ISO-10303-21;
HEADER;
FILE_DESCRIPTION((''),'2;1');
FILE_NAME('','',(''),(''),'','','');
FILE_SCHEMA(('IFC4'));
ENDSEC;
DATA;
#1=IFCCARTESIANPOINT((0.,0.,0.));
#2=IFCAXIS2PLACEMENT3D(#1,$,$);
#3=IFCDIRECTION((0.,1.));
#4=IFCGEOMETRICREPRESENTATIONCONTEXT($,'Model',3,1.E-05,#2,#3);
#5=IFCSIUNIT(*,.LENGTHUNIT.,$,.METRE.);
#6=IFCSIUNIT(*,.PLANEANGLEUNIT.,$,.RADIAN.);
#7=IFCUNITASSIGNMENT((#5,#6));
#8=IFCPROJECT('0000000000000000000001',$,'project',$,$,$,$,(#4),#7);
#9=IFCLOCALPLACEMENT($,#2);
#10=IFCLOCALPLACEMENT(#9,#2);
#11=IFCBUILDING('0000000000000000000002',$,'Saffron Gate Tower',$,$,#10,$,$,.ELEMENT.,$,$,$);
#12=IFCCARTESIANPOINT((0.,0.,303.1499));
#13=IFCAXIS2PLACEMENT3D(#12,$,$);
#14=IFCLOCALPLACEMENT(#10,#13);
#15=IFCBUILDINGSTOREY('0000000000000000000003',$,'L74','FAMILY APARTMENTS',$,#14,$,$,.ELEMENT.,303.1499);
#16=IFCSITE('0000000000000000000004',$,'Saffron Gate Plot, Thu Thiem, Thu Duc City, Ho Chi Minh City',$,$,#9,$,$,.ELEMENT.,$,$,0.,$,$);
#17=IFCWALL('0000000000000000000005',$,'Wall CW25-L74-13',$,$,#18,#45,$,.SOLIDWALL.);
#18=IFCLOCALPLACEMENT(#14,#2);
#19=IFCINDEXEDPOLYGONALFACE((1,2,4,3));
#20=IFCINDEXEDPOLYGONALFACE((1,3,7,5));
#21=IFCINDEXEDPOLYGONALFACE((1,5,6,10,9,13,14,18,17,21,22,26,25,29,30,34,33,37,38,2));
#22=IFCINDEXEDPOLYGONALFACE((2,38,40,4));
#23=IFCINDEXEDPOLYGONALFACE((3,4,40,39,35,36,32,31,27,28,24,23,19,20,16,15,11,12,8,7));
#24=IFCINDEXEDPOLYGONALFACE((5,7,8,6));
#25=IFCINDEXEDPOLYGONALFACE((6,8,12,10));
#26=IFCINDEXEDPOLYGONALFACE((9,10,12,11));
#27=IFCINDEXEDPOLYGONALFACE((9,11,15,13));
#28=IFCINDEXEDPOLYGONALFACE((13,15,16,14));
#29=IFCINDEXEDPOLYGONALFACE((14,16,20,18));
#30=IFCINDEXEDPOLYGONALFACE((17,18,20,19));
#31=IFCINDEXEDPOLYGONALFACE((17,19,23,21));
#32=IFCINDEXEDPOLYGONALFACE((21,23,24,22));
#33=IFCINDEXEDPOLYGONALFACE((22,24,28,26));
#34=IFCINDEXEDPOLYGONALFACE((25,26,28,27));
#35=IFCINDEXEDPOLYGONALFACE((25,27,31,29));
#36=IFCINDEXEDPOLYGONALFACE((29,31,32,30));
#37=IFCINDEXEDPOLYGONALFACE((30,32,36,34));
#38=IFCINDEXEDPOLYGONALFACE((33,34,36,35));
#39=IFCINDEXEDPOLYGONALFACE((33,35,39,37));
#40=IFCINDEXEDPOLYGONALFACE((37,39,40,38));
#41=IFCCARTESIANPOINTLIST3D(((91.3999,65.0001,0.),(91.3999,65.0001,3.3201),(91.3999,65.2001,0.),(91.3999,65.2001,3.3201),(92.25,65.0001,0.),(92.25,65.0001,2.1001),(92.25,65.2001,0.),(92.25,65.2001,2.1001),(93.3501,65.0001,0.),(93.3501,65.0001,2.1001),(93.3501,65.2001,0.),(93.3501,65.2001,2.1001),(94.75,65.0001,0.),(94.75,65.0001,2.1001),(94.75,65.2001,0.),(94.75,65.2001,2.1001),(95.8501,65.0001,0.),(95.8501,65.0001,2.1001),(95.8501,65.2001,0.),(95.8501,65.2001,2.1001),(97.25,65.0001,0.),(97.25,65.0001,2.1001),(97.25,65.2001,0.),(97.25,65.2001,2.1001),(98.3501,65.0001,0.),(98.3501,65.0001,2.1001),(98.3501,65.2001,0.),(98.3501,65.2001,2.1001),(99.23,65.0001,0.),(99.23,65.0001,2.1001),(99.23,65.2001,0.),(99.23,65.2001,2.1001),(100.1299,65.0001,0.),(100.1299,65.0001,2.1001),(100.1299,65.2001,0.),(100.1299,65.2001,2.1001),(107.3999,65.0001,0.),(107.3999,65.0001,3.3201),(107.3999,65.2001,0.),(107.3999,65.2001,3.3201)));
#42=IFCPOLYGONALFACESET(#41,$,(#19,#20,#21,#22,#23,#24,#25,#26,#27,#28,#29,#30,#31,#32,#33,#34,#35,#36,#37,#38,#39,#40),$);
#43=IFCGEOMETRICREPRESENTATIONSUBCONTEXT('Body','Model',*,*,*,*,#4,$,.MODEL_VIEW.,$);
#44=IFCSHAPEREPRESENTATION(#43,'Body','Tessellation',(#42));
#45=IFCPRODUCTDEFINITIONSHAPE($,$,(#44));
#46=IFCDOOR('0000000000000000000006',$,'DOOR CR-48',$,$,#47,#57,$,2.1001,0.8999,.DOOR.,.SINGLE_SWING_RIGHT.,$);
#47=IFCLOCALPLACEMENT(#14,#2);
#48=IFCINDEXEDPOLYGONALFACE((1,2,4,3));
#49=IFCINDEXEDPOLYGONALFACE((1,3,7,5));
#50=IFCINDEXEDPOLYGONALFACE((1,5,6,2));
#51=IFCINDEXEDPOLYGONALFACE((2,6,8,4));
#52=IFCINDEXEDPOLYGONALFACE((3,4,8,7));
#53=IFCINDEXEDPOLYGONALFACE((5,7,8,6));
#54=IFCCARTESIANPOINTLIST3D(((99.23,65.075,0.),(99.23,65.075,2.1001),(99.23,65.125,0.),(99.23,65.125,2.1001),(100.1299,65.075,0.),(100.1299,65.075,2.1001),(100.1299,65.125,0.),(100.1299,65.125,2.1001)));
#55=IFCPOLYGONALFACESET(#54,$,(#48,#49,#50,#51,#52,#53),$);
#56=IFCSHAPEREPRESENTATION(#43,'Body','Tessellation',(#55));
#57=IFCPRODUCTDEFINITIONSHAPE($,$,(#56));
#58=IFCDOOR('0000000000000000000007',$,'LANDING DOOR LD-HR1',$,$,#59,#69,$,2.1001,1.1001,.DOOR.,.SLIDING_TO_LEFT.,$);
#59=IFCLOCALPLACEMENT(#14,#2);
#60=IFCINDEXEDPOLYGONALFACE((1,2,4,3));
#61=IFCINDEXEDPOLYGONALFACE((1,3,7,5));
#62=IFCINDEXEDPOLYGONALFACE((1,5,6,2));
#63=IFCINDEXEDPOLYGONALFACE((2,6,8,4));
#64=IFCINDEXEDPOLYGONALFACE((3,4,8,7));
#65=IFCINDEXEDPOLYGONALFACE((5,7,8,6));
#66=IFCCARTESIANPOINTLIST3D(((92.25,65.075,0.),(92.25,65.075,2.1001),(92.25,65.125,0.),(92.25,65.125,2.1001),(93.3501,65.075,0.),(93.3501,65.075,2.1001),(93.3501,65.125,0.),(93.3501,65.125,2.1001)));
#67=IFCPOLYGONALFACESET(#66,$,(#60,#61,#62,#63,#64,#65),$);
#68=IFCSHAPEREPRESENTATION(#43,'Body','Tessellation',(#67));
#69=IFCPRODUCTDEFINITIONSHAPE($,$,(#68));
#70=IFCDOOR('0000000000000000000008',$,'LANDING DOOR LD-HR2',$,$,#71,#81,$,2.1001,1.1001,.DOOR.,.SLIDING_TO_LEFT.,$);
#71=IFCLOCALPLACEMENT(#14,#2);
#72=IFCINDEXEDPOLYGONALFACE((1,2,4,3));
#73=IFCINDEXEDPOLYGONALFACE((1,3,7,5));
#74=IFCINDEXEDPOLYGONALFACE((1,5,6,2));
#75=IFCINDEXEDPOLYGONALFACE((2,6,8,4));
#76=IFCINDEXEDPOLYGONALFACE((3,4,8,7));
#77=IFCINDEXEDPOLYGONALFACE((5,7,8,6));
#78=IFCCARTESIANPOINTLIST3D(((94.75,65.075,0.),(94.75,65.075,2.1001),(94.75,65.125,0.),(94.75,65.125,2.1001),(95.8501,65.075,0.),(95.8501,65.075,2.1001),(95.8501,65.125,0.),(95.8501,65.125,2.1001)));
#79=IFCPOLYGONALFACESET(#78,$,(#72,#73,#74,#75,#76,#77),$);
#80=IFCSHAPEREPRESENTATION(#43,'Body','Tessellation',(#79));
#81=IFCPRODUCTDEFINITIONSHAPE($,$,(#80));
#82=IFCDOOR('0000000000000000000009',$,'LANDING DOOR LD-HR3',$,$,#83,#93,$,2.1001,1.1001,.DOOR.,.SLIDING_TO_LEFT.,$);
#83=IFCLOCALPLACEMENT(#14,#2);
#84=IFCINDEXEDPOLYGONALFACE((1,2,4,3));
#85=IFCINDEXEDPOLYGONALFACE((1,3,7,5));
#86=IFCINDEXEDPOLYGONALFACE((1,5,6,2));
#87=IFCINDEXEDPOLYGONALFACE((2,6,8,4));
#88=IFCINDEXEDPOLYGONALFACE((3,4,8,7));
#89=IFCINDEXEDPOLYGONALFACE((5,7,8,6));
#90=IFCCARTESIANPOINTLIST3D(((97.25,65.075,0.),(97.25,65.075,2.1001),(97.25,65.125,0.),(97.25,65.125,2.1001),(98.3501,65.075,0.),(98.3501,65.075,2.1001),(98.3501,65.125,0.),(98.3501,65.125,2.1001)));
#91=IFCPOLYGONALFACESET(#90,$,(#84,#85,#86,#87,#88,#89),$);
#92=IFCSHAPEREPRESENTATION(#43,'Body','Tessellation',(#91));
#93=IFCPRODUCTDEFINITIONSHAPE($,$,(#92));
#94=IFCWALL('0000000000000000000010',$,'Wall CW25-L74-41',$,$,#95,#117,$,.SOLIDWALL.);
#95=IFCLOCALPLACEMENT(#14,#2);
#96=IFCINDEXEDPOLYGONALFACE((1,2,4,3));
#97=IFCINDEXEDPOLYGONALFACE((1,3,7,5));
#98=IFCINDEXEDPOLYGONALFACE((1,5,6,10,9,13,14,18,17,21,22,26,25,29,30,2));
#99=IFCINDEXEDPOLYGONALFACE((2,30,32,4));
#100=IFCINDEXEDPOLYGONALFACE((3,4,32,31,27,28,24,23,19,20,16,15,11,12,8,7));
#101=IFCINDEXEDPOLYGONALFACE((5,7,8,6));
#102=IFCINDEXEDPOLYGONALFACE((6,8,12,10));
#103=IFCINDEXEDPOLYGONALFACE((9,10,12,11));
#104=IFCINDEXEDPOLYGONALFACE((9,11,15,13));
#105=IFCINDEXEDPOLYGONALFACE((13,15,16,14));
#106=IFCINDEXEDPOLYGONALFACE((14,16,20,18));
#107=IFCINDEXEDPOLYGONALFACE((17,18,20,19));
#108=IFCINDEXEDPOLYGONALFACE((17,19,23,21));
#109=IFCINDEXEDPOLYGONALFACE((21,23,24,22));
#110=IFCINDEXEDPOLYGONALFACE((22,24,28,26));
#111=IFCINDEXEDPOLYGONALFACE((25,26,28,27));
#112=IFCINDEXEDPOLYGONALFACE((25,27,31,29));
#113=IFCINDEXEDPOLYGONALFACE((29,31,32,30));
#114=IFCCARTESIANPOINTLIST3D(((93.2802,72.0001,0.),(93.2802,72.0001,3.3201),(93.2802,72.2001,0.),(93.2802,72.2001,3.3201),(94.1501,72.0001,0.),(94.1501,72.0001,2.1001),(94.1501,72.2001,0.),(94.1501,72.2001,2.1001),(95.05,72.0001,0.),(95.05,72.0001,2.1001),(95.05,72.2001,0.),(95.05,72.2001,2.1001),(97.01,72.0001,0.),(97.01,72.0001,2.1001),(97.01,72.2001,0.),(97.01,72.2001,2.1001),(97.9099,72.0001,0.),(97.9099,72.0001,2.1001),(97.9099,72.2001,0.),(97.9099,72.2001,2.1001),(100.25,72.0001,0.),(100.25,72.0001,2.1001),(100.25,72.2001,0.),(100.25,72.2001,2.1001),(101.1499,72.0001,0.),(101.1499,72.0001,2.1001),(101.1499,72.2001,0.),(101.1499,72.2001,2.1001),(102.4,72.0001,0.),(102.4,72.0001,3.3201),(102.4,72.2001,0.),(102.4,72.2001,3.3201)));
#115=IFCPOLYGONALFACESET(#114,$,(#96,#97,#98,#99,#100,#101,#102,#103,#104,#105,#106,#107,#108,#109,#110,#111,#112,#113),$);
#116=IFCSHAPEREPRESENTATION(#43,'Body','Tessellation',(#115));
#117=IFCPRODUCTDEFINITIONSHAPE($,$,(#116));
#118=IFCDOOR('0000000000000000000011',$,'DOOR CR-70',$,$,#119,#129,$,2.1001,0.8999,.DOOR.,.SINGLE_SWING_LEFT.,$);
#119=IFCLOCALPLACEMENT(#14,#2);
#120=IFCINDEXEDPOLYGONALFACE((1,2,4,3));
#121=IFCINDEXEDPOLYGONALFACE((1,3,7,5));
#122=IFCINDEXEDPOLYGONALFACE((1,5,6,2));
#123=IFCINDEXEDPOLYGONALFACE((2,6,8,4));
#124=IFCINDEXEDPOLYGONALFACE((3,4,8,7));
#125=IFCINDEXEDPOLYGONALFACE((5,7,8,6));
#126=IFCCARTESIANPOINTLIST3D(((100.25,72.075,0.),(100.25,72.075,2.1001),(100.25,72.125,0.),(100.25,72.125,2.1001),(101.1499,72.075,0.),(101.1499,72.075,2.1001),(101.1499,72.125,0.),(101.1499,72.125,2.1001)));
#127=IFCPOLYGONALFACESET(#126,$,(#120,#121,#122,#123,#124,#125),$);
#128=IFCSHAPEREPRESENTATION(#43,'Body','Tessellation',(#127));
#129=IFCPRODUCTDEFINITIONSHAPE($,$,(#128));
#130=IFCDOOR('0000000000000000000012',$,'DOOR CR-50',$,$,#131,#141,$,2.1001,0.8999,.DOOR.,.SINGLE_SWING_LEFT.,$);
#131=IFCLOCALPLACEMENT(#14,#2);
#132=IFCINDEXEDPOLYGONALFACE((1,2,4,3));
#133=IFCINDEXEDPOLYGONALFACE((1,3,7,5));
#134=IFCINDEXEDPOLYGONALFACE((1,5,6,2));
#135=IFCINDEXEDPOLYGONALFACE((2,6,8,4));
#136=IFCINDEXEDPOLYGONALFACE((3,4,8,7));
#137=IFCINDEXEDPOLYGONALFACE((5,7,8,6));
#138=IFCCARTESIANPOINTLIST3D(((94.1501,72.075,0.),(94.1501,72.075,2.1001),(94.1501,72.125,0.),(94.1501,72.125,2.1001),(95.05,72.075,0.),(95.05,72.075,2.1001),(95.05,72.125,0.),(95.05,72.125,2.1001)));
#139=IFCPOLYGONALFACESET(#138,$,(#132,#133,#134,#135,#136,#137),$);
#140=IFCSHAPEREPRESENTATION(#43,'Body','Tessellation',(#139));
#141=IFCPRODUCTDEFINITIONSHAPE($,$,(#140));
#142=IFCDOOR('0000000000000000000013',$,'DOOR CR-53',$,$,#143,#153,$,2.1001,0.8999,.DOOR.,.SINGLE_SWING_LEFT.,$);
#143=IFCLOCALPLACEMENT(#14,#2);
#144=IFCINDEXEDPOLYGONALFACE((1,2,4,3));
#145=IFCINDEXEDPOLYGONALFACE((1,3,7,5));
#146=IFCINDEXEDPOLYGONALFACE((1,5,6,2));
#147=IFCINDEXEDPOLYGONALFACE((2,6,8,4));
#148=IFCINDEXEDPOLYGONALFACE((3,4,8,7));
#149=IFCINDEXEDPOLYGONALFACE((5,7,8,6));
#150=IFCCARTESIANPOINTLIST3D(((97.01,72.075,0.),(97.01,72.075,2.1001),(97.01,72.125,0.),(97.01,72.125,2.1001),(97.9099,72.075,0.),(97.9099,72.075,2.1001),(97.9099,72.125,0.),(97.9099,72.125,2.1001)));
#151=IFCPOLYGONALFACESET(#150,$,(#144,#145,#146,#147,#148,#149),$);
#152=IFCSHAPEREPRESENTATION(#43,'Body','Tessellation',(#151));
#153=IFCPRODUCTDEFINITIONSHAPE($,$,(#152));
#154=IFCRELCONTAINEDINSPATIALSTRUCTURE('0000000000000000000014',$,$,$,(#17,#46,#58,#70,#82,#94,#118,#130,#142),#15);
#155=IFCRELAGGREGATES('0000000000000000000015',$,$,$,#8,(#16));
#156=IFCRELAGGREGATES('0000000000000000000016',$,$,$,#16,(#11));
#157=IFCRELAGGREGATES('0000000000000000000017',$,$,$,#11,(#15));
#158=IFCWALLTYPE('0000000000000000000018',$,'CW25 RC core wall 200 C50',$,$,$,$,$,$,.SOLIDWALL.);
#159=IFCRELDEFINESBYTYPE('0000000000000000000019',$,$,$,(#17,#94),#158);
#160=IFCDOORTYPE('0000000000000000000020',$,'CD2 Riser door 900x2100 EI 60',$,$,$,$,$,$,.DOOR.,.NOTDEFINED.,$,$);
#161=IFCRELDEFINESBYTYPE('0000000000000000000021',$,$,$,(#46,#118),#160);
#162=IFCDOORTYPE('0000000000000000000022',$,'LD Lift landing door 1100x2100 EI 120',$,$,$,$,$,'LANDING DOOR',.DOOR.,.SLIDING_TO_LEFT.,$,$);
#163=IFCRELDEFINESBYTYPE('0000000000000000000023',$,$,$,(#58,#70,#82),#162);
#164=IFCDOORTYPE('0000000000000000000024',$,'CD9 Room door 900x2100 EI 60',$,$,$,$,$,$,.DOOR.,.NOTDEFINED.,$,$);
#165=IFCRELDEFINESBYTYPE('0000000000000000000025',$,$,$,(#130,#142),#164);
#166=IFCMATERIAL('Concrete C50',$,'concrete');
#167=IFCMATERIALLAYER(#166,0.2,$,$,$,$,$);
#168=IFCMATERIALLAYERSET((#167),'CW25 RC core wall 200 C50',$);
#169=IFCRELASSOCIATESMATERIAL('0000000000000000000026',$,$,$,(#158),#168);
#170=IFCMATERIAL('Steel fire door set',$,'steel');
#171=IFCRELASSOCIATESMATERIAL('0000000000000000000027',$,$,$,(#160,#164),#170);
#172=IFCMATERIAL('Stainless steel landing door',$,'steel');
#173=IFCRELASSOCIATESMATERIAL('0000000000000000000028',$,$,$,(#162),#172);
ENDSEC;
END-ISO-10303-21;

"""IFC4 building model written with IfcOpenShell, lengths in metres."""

from ifc_helpers import new_model, si_unit, direction, frame, frame_2d, origin, place, context, subcontext, project, spatial, rectangle, extrude, material, layer, layer_set, type_object, element, fill, save


model = new_model("IFC4")

# Units and contexts
model_context = context("Model", 3, precision=1e-05, world=origin(), true_north=direction((0.0, 1.0)))
body_context = subcontext(model_context, "Body", "Model", "MODEL_VIEW")
ifc_project = project(units=[si_unit("LENGTHUNIT", "METRE"), si_unit("PLANEANGLEUNIT", "RADIAN")], contexts=[model_context])

# Site, building, storey
site_placement = place(None, origin())
site = spatial("IfcSite", under=ifc_project, at=site_placement, Name="Saffron Gate Plot, Thu Thiem, Thu Duc City, Ho Chi Minh City", CompositionType="ELEMENT", RefElevation=0.0)
building_placement = place(site_placement, origin())
building = spatial("IfcBuilding", under=site, at=building_placement, Name="Saffron Gate Tower", CompositionType="ELEMENT")
storey_placement = place(building_placement, frame((0.0, 0.0, 303.1499)))
storey = spatial("IfcBuildingStorey", under=building, at=storey_placement, Name="L74", Description="FAMILY APARTMENTS", CompositionType="ELEMENT", Elevation=303.1499)

# Shared definitions
ifc_material_1 = material(Name="Concrete C50", Category="concrete")

# Shared definitions
ifc_material_2 = material(Name="Steel fire door set", Category="steel")

# Walls, openings, doors
ifc_layer_1 = layer(ifc_material_1, 0.2)
ifc_layer_set_1 = layer_set([ifc_layer_1], Name="CW25 RC core wall 200 C50")
wall_type_1 = type_object("IfcWallType", Name="CW25 RC core wall 200 C50", PredefinedType="SOLIDWALL", material=ifc_layer_set_1)
wall_1_placement = place(storey_placement, frame((91.3999, 65.1001, 0.0), z_axis=(0.0, 0.0, 1.0), x_axis=(1.0, 0.0, 0.0)))
wall_1 = element("IfcWall", 1, at=wall_1_placement, inside=storey, type_object=wall_type_1, Name="Wall CW25-L74-13", PredefinedType="SOLIDWALL", context=body_context, shape_type="SweptSolid", body=[
    extrude(rectangle(XDim=16.0, YDim=0.2, at=frame_2d((8.0, 0.0))), origin(), (0.0, 0.0, 1.0), 3.3201),
])
opening_1_placement = place(wall_1_placement, frame((0.8501, 0.0, 0.0)))
opening_1 = element("IfcOpeningElement", 2, at=opening_1_placement, cuts=wall_1, PredefinedType="OPENING", context=body_context, shape_type="SweptSolid", body=[
    extrude(rectangle(XDim=1.1001, YDim=2.1001, at=frame_2d((0.55, 1.05))), frame((0.0, 0.1099, 0.0), z_axis=(0.0, -1.0, 0.0), x_axis=(1.0, 0.0, 0.0)), (0.0, 0.0, 1.0), 0.22),
])
opening_2_placement = place(wall_1_placement, frame((3.3501, 0.0, 0.0)))
opening_2 = element("IfcOpeningElement", 3, at=opening_2_placement, cuts=wall_1, PredefinedType="OPENING", context=body_context, shape_type="SweptSolid", body=[
    extrude(rectangle(XDim=1.1001, YDim=2.1001, at=frame_2d((0.55, 1.05))), frame((0.0, 0.1099, 0.0), z_axis=(0.0, -1.0, 0.0), x_axis=(1.0, 0.0, 0.0)), (0.0, 0.0, 1.0), 0.22),
])
opening_3_placement = place(wall_1_placement, frame((5.8501, 0.0, 0.0)))
opening_3 = element("IfcOpeningElement", 4, at=opening_3_placement, cuts=wall_1, PredefinedType="OPENING", context=body_context, shape_type="SweptSolid", body=[
    extrude(rectangle(XDim=1.1001, YDim=2.1001, at=frame_2d((0.55, 1.05))), frame((0.0, 0.1099, 0.0), z_axis=(0.0, -1.0, 0.0), x_axis=(1.0, 0.0, 0.0)), (0.0, 0.0, 1.0), 0.22),
])
opening_4_placement = place(wall_1_placement, frame((7.8301, 0.0, 0.0)))
opening_4 = element("IfcOpeningElement", 5, at=opening_4_placement, cuts=wall_1, PredefinedType="OPENING", context=body_context, shape_type="SweptSolid", body=[
    extrude(rectangle(XDim=0.8999, YDim=2.1001, at=frame_2d((0.45, 1.05))), frame((0.0, 0.1099, 0.0), z_axis=(0.0, -1.0, 0.0), x_axis=(1.0, 0.0, 0.0)), (0.0, 0.0, 1.0), 0.22),
])
door_type_1 = type_object("IfcDoorType", Name="CD2 Riser door 900x2100 EI 60", OperationType="NOTDEFINED", PredefinedType="DOOR", material=ifc_material_2)
door_1_placement = place(opening_4_placement, origin())
door_1 = element("IfcDoor", 6, at=door_1_placement, inside=storey, type_object=door_type_1, Name="DOOR CR-48", OperationType="SINGLE_SWING_RIGHT", OverallHeight=2.1001, OverallWidth=0.8999, PredefinedType="DOOR", context=body_context, shape_type="SweptSolid", body=[
    extrude(rectangle(XDim=0.8999, YDim=2.1001, at=frame_2d((0.45, 1.05))), frame((0.0, 0.0249, 0.0), z_axis=(0.0, -1.0, 0.0), x_axis=(1.0, 0.0, 0.0)), (0.0, 0.0, 1.0), 0.05),
])
fill(opening_4, door_1)
ifc_material_3 = material(Name="Stainless steel landing door", Category="steel")
door_type_2 = type_object("IfcDoorType", Name="LD Lift landing door 1100x2100 EI 120", ElementType="LANDING DOOR", OperationType="SLIDING_TO_LEFT", PredefinedType="DOOR", material=ifc_material_3)
door_2_placement = place(opening_1_placement, origin())
door_2 = element("IfcDoor", 7, at=door_2_placement, inside=storey, type_object=door_type_2, Name="LANDING DOOR LD-HR1", OperationType="SLIDING_TO_LEFT", OverallHeight=2.1001, OverallWidth=1.1001, PredefinedType="DOOR", context=body_context, shape_type="SweptSolid", body=[
    extrude(rectangle(XDim=1.1001, YDim=2.1001, at=frame_2d((0.55, 1.05))), frame((0.0, 0.0249, 0.0), z_axis=(0.0, -1.0, 0.0), x_axis=(1.0, 0.0, 0.0)), (0.0, 0.0, 1.0), 0.05),
])
fill(opening_1, door_2)
door_3_placement = place(opening_2_placement, origin())
door_3 = element("IfcDoor", 8, at=door_3_placement, inside=storey, type_object=door_type_2, Name="LANDING DOOR LD-HR2", OperationType="SLIDING_TO_LEFT", OverallHeight=2.1001, OverallWidth=1.1001, PredefinedType="DOOR", context=body_context, shape_type="SweptSolid", body=[
    extrude(rectangle(XDim=1.1001, YDim=2.1001, at=frame_2d((0.55, 1.05))), frame((0.0, 0.0249, 0.0), z_axis=(0.0, -1.0, 0.0), x_axis=(1.0, 0.0, 0.0)), (0.0, 0.0, 1.0), 0.05),
])
fill(opening_2, door_3)
door_4_placement = place(opening_3_placement, origin())
door_4 = element("IfcDoor", 9, at=door_4_placement, inside=storey, type_object=door_type_2, Name="LANDING DOOR LD-HR3", OperationType="SLIDING_TO_LEFT", OverallHeight=2.1001, OverallWidth=1.1001, PredefinedType="DOOR", context=body_context, shape_type="SweptSolid", body=[
    extrude(rectangle(XDim=1.1001, YDim=2.1001, at=frame_2d((0.55, 1.05))), frame((0.0, 0.0249, 0.0), z_axis=(0.0, -1.0, 0.0), x_axis=(1.0, 0.0, 0.0)), (0.0, 0.0, 1.0), 0.05),
])
fill(opening_3, door_4)
wall_2_placement = place(storey_placement, frame((93.28, 72.1001, 0.0), z_axis=(0.0, 0.0, 1.0), x_axis=(1.0, 0.0, 0.0)))
wall_2 = element("IfcWall", 10, at=wall_2_placement, inside=storey, type_object=wall_type_1, Name="Wall CW25-L74-41", PredefinedType="SOLIDWALL", context=body_context, shape_type="SweptSolid", body=[
    extrude(rectangle(XDim=9.1199, YDim=0.2, at=frame_2d((4.5601, 0.0))), origin(), (0.0, 0.0, 1.0), 3.3201),
])
opening_5_placement = place(wall_2_placement, frame((0.8701, 0.0, 0.0)))
opening_5 = element("IfcOpeningElement", 11, at=opening_5_placement, cuts=wall_2, PredefinedType="OPENING", context=body_context, shape_type="SweptSolid", body=[
    extrude(rectangle(XDim=0.8999, YDim=2.1001, at=frame_2d((0.45, 1.05))), frame((0.0, 0.1099, 0.0), z_axis=(0.0, -1.0, 0.0), x_axis=(1.0, 0.0, 0.0)), (0.0, 0.0, 1.0), 0.22),
])
opening_6_placement = place(wall_2_placement, frame((3.73, 0.0, 0.0)))
opening_6 = element("IfcOpeningElement", 12, at=opening_6_placement, cuts=wall_2, PredefinedType="OPENING", context=body_context, shape_type="SweptSolid", body=[
    extrude(rectangle(XDim=0.8999, YDim=2.1001, at=frame_2d((0.45, 1.05))), frame((0.0, 0.1099, 0.0), z_axis=(0.0, -1.0, 0.0), x_axis=(1.0, 0.0, 0.0)), (0.0, 0.0, 1.0), 0.22),
])
opening_7_placement = place(wall_2_placement, frame((6.97, 0.0, 0.0)))
opening_7 = element("IfcOpeningElement", 13, at=opening_7_placement, cuts=wall_2, PredefinedType="OPENING", context=body_context, shape_type="SweptSolid", body=[
    extrude(rectangle(XDim=0.8999, YDim=2.1001, at=frame_2d((0.45, 1.05))), frame((0.0, 0.1099, 0.0), z_axis=(0.0, -1.0, 0.0), x_axis=(1.0, 0.0, 0.0)), (0.0, 0.0, 1.0), 0.22),
])
door_5_placement = place(opening_7_placement, origin())
door_5 = element("IfcDoor", 14, at=door_5_placement, inside=storey, type_object=door_type_1, Name="DOOR CR-70", OperationType="SINGLE_SWING_LEFT", OverallHeight=2.1001, OverallWidth=0.8999, PredefinedType="DOOR", context=body_context, shape_type="SweptSolid", body=[
    extrude(rectangle(XDim=0.8999, YDim=2.1001, at=frame_2d((0.45, 1.05))), frame((0.0, 0.0249, 0.0), z_axis=(0.0, -1.0, 0.0), x_axis=(1.0, 0.0, 0.0)), (0.0, 0.0, 1.0), 0.05),
])
fill(opening_7, door_5)
door_type_3 = type_object("IfcDoorType", Name="CD9 Room door 900x2100 EI 60", OperationType="NOTDEFINED", PredefinedType="DOOR", material=ifc_material_2)
door_6_placement = place(opening_5_placement, origin())
door_6 = element("IfcDoor", 15, at=door_6_placement, inside=storey, type_object=door_type_3, Name="DOOR CR-50", OperationType="SINGLE_SWING_LEFT", OverallHeight=2.1001, OverallWidth=0.8999, PredefinedType="DOOR", context=body_context, shape_type="SweptSolid", body=[
    extrude(rectangle(XDim=0.8999, YDim=2.1001, at=frame_2d((0.45, 1.05))), frame((0.0, 0.0249, 0.0), z_axis=(0.0, -1.0, 0.0), x_axis=(1.0, 0.0, 0.0)), (0.0, 0.0, 1.0), 0.05),
])
fill(opening_5, door_6)
door_7_placement = place(opening_6_placement, origin())
door_7 = element("IfcDoor", 16, at=door_7_placement, inside=storey, type_object=door_type_3, Name="DOOR CR-53", OperationType="SINGLE_SWING_LEFT", OverallHeight=2.1001, OverallWidth=0.8999, PredefinedType="DOOR", context=body_context, shape_type="SweptSolid", body=[
    extrude(rectangle(XDim=0.8999, YDim=2.1001, at=frame_2d((0.45, 1.05))), frame((0.0, 0.0249, 0.0), z_axis=(0.0, -1.0, 0.0), x_axis=(1.0, 0.0, 0.0)), (0.0, 0.0, 1.0), 0.05),
])
fill(opening_6, door_7)

save(model, "model.ifc")
